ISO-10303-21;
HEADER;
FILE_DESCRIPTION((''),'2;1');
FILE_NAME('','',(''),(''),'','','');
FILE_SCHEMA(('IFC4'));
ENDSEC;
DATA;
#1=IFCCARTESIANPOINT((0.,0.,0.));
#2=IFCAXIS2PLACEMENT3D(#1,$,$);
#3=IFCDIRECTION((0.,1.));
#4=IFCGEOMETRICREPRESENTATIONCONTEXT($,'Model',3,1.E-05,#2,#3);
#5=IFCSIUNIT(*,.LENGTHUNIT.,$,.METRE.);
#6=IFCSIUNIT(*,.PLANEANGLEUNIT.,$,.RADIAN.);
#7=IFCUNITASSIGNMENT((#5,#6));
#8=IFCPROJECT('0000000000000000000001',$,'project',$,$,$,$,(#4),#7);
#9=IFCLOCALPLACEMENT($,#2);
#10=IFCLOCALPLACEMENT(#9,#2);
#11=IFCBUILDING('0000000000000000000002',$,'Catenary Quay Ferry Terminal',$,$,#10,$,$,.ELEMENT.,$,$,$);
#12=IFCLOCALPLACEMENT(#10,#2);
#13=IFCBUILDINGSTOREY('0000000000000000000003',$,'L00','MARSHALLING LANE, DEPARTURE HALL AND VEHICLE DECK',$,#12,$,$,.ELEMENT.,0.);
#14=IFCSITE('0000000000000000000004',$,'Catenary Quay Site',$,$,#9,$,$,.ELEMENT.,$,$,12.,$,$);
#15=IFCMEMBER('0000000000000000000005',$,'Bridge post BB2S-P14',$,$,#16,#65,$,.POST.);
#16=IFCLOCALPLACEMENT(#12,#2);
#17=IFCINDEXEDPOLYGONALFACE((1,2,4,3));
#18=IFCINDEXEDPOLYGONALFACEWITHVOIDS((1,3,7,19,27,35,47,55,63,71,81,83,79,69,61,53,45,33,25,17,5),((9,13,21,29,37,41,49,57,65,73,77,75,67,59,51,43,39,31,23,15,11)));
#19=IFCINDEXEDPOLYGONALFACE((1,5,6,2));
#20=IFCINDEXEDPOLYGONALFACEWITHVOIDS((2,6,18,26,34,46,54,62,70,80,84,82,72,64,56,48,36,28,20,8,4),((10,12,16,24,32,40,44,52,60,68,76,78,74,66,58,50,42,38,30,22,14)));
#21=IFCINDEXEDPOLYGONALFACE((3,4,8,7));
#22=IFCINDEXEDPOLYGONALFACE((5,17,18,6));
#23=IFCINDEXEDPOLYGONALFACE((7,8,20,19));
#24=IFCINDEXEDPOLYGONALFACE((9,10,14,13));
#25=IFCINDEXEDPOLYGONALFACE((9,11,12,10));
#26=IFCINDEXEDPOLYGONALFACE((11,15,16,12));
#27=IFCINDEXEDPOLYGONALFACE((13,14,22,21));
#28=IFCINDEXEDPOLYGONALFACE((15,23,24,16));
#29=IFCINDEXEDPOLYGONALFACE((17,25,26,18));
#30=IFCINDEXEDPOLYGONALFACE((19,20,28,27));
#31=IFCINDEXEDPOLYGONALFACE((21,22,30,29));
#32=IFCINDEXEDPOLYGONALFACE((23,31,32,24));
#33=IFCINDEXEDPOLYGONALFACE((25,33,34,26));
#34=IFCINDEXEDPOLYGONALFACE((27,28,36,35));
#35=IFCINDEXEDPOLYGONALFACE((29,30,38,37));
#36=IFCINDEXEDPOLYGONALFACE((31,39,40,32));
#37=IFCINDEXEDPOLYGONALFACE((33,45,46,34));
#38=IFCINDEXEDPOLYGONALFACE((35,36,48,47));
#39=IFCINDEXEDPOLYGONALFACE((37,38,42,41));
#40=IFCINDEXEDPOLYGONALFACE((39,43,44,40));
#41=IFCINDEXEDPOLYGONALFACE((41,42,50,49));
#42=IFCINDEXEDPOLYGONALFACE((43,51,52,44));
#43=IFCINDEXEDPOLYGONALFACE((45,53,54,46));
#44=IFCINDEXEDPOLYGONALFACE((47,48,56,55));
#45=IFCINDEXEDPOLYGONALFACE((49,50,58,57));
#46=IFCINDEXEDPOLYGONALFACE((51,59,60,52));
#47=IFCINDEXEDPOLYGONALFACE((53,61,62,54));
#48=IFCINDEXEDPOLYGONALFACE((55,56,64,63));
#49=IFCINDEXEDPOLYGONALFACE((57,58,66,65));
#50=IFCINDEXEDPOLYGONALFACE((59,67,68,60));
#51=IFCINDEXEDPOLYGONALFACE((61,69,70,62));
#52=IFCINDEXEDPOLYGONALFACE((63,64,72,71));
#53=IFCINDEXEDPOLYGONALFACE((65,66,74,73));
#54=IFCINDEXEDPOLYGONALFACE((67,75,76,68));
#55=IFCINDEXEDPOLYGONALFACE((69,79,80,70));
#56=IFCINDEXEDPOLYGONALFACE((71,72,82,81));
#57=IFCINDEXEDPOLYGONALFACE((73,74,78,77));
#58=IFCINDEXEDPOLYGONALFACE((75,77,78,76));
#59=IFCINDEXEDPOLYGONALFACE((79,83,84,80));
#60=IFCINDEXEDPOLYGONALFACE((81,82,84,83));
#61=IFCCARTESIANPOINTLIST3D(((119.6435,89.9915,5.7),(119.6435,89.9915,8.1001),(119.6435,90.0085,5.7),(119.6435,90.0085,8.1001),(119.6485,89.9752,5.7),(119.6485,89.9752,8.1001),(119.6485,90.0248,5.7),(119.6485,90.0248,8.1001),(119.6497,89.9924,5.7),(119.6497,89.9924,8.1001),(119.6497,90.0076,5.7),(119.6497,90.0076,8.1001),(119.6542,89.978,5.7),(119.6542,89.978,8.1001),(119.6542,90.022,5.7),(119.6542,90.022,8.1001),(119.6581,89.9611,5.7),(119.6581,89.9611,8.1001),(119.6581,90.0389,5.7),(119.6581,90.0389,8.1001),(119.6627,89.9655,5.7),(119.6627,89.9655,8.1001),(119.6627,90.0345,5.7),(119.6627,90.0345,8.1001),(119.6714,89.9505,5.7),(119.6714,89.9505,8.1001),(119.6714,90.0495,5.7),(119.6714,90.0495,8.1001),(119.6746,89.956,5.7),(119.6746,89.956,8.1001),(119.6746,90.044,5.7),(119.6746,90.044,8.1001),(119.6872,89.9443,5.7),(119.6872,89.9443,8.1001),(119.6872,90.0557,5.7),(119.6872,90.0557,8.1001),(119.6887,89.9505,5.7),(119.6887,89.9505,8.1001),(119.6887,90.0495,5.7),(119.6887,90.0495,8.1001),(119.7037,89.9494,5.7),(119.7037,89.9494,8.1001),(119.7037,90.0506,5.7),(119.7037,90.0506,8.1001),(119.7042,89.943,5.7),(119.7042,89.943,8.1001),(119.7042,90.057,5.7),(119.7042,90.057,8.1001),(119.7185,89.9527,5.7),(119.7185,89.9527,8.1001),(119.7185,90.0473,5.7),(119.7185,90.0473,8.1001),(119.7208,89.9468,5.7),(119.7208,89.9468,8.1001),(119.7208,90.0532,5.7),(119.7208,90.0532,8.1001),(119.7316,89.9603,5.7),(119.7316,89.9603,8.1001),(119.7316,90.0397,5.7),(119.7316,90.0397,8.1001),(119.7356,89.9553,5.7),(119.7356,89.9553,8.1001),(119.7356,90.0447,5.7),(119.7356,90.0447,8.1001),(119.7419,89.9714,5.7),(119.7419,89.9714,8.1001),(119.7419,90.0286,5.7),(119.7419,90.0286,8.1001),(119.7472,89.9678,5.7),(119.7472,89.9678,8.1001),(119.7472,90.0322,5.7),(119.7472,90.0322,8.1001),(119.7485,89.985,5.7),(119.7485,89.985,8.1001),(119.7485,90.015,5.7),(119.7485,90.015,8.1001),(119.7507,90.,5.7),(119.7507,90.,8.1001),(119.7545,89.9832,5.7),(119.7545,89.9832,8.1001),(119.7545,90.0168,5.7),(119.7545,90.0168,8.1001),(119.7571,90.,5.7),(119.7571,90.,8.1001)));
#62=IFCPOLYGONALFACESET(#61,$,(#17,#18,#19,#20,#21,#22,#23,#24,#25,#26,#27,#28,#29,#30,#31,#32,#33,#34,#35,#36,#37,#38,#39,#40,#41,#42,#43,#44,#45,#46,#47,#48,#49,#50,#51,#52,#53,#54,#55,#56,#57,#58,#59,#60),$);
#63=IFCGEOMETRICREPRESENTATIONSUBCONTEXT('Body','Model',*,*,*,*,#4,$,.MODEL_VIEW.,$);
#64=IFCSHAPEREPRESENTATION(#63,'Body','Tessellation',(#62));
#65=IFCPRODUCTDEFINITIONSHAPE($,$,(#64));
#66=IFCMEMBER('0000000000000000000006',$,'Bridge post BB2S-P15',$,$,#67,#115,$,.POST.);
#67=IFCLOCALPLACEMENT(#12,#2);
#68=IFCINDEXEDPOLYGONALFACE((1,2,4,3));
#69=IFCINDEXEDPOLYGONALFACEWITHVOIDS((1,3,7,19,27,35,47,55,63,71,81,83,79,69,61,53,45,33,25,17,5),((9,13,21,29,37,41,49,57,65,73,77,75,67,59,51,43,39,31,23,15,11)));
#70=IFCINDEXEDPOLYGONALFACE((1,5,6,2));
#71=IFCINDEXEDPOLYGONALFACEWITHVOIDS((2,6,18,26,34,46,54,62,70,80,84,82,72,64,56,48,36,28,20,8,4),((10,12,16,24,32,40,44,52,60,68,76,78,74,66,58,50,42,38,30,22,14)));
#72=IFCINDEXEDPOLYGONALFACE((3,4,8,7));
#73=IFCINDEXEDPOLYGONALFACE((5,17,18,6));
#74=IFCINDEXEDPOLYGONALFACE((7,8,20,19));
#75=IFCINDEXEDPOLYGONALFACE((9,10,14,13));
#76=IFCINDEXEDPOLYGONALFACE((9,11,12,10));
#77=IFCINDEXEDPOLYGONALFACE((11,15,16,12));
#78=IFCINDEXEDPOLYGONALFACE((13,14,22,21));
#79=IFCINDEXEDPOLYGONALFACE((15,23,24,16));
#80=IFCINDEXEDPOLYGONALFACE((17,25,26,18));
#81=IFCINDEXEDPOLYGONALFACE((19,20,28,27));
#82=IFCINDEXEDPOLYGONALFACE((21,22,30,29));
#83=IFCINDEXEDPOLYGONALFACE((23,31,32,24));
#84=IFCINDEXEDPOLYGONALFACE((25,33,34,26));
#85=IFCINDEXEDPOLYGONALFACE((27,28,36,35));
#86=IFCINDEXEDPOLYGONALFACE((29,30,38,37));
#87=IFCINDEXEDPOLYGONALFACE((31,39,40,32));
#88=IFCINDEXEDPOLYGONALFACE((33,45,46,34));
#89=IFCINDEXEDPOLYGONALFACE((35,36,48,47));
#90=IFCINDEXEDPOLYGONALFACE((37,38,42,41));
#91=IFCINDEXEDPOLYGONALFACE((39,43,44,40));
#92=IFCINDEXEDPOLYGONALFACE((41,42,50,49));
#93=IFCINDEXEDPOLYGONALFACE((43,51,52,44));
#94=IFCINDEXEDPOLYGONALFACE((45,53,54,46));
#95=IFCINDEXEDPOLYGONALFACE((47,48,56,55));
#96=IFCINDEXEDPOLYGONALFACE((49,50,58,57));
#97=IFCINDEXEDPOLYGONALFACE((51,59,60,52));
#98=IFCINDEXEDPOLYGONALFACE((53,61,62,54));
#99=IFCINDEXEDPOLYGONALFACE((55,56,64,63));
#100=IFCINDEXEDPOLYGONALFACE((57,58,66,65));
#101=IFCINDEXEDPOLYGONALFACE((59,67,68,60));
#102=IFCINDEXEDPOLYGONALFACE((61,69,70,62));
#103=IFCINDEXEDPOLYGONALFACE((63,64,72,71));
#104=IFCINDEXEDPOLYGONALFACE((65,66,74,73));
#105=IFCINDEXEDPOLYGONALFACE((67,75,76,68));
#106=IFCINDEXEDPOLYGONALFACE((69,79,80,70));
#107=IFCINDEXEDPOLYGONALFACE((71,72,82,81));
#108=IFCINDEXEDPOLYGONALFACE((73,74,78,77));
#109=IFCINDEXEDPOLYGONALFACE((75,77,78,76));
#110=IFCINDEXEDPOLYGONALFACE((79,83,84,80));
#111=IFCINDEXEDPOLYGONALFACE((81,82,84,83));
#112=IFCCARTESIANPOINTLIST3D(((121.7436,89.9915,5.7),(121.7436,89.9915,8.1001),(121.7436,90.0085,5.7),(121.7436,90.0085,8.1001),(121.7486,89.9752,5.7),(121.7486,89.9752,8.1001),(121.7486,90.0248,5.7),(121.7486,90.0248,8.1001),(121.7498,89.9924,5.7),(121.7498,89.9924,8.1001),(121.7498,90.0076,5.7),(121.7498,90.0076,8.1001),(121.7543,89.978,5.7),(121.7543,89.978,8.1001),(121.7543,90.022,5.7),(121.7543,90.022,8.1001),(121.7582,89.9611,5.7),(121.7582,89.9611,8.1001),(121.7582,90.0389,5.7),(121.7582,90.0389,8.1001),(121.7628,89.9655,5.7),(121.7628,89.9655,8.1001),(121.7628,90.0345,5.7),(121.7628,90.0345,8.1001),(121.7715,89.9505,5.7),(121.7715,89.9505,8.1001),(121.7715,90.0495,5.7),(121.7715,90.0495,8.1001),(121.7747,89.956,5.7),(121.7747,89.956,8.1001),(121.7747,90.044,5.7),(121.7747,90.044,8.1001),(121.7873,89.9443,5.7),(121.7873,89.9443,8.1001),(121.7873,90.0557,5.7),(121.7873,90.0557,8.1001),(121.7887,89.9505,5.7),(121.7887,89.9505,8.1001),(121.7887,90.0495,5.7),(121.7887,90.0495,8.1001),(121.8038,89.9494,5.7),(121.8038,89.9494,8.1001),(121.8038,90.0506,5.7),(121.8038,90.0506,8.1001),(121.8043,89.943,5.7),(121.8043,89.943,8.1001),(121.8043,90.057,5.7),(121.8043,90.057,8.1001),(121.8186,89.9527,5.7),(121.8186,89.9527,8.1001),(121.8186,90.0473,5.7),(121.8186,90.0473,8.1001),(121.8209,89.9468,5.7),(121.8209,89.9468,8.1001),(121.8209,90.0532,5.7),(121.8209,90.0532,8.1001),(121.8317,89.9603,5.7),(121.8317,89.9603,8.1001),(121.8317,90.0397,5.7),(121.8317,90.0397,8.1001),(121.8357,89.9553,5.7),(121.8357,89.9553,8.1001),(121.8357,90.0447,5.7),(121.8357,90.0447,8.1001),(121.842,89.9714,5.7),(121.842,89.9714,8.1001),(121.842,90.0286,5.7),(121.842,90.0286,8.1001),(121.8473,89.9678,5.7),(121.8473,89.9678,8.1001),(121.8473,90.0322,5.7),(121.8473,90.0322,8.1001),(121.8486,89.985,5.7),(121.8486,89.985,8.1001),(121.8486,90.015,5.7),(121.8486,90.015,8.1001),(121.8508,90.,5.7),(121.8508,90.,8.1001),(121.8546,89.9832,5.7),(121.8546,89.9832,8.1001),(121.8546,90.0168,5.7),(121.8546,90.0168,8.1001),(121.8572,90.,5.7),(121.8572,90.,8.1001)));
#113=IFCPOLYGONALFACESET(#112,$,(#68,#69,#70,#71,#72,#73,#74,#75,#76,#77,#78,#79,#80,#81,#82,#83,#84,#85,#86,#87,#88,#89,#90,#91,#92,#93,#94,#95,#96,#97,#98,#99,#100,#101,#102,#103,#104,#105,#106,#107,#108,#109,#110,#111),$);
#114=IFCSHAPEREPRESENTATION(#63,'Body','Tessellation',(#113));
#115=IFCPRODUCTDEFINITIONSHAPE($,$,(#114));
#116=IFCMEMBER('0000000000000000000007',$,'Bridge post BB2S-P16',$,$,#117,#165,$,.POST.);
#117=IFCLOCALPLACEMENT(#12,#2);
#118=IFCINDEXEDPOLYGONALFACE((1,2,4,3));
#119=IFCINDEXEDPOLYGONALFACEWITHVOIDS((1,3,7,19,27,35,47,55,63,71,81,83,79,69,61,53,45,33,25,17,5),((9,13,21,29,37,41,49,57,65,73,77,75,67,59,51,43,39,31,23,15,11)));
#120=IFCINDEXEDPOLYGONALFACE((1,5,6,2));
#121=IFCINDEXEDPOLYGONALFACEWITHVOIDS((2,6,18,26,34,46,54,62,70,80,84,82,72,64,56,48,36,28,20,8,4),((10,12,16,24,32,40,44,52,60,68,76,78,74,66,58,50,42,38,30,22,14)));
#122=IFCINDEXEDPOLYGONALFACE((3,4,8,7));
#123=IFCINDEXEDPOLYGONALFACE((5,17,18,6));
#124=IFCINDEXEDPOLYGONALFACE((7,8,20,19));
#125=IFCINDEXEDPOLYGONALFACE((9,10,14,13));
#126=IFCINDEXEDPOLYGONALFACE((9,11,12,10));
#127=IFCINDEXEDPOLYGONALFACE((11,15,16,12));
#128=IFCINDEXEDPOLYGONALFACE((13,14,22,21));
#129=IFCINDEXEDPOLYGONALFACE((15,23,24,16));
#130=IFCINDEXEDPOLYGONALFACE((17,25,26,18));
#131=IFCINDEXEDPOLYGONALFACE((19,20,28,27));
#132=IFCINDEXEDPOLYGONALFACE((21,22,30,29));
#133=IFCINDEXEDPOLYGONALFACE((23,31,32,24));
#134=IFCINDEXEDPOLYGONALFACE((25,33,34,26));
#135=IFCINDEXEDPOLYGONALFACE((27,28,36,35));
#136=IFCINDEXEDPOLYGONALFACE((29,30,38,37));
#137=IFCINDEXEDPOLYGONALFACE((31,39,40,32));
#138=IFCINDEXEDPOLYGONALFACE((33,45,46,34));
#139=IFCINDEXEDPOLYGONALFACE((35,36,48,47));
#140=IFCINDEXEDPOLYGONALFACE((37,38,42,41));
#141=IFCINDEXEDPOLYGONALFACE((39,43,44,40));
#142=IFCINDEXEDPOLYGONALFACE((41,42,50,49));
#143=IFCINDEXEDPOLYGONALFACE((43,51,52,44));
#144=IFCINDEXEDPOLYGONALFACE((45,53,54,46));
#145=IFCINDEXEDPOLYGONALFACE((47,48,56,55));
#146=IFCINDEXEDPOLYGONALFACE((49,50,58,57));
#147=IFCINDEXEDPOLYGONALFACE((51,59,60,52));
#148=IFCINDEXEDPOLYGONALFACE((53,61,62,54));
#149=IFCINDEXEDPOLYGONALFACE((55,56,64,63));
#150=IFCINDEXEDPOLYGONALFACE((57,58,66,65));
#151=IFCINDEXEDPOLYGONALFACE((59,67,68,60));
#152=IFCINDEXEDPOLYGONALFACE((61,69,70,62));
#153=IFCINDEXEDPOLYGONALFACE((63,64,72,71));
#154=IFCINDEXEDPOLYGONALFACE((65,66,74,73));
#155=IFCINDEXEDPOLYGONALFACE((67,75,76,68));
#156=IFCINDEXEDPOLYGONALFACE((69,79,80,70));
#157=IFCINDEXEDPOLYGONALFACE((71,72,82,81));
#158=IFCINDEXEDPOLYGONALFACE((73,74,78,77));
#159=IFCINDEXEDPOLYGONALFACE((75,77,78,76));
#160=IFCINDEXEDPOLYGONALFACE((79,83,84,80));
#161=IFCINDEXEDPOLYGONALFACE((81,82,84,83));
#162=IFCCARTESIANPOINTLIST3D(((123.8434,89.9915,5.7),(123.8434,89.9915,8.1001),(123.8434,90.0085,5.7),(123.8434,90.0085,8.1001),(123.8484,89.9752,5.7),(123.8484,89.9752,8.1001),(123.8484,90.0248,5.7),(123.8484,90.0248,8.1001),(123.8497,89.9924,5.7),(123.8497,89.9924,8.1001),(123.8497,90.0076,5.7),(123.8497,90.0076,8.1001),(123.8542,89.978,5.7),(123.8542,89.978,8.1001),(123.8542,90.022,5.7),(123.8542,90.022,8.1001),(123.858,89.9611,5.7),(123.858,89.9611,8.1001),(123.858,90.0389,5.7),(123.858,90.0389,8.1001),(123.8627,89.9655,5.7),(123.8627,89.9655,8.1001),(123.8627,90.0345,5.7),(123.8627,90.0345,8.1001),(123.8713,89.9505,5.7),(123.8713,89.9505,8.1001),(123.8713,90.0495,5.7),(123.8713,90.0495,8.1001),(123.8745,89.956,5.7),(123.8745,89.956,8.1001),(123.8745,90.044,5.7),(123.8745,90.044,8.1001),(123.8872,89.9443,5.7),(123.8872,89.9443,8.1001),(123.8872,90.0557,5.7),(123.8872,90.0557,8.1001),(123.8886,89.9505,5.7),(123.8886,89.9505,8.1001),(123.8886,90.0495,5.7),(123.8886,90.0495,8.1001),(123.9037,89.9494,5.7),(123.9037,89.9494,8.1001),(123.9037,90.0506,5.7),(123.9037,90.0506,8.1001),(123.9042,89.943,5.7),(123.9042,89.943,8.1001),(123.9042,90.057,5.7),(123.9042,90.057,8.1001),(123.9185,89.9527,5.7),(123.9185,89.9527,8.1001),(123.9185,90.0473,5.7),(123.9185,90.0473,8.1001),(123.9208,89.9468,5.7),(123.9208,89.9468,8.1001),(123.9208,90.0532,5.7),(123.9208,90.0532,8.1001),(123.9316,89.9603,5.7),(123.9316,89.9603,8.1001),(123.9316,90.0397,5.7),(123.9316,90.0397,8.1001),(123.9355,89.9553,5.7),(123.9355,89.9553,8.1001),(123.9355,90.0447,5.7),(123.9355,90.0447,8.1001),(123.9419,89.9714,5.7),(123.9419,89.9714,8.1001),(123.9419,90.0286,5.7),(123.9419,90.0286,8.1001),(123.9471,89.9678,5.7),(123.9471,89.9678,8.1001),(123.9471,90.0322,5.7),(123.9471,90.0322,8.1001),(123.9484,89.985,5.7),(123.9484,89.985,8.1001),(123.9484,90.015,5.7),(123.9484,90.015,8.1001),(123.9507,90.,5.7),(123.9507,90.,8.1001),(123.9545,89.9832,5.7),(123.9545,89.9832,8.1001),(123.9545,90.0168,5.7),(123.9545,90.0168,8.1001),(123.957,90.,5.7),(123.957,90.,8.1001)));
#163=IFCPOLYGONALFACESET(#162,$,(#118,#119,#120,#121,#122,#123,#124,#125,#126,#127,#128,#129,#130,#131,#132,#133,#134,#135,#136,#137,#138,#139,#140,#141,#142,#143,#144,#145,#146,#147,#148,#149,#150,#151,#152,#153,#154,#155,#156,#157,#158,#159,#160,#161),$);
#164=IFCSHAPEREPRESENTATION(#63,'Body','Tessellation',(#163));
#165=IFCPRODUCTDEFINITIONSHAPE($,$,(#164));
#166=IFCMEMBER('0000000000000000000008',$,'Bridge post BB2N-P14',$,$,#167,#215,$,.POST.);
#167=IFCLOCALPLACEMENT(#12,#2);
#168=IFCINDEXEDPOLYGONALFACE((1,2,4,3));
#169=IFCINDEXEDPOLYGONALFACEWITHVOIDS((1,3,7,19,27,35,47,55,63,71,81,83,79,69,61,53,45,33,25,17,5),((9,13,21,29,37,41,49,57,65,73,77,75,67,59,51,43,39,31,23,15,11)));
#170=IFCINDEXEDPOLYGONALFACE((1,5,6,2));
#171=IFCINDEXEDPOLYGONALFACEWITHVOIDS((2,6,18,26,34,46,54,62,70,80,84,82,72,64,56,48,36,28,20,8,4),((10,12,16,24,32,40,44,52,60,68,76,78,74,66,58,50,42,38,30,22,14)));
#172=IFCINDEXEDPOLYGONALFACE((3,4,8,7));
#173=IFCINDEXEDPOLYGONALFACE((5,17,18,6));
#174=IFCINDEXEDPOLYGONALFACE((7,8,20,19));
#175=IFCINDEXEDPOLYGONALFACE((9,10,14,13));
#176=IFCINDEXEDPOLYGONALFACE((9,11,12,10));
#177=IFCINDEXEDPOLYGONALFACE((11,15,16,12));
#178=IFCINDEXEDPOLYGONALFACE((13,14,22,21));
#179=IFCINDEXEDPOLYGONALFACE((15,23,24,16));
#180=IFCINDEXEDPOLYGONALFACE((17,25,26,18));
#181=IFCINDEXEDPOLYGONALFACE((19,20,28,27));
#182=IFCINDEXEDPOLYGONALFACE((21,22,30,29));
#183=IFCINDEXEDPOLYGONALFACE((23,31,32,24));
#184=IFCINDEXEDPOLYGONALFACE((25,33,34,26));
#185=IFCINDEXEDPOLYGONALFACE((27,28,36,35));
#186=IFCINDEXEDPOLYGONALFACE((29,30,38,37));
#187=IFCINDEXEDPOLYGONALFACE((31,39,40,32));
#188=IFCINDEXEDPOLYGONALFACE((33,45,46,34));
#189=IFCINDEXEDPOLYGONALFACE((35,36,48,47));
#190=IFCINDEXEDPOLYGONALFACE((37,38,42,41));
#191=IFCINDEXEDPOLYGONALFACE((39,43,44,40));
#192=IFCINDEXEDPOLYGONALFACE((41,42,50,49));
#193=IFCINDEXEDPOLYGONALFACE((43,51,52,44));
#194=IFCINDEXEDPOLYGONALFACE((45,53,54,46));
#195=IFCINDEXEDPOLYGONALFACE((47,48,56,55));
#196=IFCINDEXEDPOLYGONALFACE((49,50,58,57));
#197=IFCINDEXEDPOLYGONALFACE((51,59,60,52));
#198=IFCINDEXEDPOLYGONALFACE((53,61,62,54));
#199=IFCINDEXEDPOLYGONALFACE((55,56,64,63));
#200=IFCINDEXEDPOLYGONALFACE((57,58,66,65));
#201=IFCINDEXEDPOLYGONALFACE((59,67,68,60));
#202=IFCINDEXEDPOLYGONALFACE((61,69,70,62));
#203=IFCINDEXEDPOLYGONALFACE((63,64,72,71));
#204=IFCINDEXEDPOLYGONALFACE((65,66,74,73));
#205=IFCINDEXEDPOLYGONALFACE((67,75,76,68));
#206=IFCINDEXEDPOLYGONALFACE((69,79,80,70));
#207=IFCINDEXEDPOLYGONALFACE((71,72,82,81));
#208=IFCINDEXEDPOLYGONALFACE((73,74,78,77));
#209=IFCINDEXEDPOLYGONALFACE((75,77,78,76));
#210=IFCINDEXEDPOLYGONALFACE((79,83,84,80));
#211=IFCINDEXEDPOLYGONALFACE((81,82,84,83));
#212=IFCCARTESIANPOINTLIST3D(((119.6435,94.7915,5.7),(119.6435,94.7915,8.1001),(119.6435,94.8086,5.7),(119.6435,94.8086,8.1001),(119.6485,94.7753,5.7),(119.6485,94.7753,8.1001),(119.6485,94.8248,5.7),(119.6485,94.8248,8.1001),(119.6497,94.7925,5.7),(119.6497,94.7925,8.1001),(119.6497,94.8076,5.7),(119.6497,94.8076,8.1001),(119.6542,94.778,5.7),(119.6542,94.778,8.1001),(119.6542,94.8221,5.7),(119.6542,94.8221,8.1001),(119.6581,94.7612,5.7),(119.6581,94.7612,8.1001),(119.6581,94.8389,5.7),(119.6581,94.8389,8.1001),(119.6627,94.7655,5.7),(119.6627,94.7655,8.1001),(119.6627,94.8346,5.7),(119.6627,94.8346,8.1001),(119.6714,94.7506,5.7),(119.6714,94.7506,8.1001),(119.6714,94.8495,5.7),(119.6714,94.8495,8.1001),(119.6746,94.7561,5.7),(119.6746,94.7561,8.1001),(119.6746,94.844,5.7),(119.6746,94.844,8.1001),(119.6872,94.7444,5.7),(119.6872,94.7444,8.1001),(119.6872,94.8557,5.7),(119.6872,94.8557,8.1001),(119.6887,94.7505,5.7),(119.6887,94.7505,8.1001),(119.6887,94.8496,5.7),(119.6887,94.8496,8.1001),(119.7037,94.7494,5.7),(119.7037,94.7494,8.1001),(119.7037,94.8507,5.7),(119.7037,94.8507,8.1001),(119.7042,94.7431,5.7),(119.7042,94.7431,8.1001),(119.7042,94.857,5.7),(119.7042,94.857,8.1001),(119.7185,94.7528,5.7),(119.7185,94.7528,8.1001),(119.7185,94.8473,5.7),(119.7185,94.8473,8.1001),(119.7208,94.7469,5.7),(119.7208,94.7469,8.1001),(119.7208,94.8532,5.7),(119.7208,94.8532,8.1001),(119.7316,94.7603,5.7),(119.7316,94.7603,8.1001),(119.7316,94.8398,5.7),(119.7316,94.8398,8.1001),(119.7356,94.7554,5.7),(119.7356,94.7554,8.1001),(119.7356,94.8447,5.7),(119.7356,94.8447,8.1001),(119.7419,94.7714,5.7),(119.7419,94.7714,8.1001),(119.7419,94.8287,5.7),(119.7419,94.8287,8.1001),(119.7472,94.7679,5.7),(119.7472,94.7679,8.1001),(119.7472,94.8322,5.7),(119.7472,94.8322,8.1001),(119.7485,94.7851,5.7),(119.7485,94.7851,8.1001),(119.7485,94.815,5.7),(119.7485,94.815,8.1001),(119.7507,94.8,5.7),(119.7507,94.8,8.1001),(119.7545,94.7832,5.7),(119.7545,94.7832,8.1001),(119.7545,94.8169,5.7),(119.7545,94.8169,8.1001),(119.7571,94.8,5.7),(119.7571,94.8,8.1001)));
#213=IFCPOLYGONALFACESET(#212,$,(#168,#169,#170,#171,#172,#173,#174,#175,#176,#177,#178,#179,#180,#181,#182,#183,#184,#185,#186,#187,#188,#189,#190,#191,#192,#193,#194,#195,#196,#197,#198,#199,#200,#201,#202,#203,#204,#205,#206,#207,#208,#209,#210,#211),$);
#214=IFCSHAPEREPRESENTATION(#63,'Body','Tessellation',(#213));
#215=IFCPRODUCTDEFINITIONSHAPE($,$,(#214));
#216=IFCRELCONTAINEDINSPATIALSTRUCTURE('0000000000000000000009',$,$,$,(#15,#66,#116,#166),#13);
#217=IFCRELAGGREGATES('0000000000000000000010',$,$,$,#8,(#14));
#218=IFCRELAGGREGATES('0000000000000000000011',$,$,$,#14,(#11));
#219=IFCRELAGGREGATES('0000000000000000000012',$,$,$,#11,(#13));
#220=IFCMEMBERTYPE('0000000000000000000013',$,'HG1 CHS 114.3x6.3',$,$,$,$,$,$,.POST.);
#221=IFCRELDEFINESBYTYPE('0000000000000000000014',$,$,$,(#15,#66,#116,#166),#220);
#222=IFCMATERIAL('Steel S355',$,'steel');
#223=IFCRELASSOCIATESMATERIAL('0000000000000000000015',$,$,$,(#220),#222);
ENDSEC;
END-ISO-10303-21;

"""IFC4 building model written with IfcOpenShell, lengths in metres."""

from ifc_helpers import new_model, si_unit, direction, frame, origin, origin_2d, place, context, subcontext, project, spatial, hollow_circle, extrude, material, material_profile, profile_set, type_object, element, save


model = new_model("IFC4")

# Units and contexts
model_context = context("Model", 3, precision=1e-05, world=origin(), true_north=direction((0.0, 1.0)))
body_context = subcontext(model_context, "Body", "Model", "MODEL_VIEW")
ifc_project = project(units=[si_unit("LENGTHUNIT", "METRE"), si_unit("PLANEANGLEUNIT", "RADIAN")], contexts=[model_context])

# Site, building, storey
site_placement = place(None, origin())
site = spatial("IfcSite", under=ifc_project, at=site_placement, Name="Catenary Quay Site", CompositionType="ELEMENT", RefElevation=12.0)
building_placement = place(site_placement, origin())
building = spatial("IfcBuilding", under=site, at=building_placement, Name="Catenary Quay Ferry Terminal", CompositionType="ELEMENT")
storey_placement = place(building_placement, origin())
storey = spatial("IfcBuildingStorey", under=building, at=storey_placement, Name="L00", Description="MARSHALLING LANE, DEPARTURE HALL AND VEHICLE DECK", CompositionType="ELEMENT", Elevation=0.0)

# Members
ifc_material_1 = material(Name="Steel S355", Category="steel")
ifc_material_profile_1 = material_profile(ifc_material_1, hollow_circle(Radius=0.0571, WallThickness=0.0063, at=origin_2d()), Name="CHS 114.3x6.3")
ifc_profile_set_1 = profile_set([ifc_material_profile_1], Name="Steel S355")
member_type_1 = type_object("IfcMemberType", Name="HG1 CHS 114.3x6.3", PredefinedType="POST", material=ifc_profile_set_1)
for number, where, z_axis, x_axis, name in (
    (1, (119.7, 90.0, 5.7), (0.0, 0.0, 1.0), (1.0, 0.0, 0.0), "Bridge post BB2S-P14"),
    (2, (121.8, 90.0, 5.7), (0.0, 0.0, 1.0), (1.0, 0.0, 0.0), "Bridge post BB2S-P15"),
    (3, (123.8999, 90.0, 5.7), (0.0, 0.0, 1.0), (1.0, 0.0, 0.0), "Bridge post BB2S-P16"),
    (4, (119.7, 94.8, 5.7), (0.0, 0.0, 1.0), (1.0, 0.0, 0.0), "Bridge post BB2N-P14"),
):
    element("IfcMember", number, at=place(storey_placement, frame(where, z_axis=z_axis, x_axis=x_axis)), inside=storey, type_object=member_type_1, Name=name, PredefinedType="POST", context=body_context, shape_type="SweptSolid", body=[
        extrude(hollow_circle(Radius=0.0571, WallThickness=0.0063, at=origin_2d()), origin(), (0.0, 0.0, 1.0), 2.4001),
    ])

save(model, "model.ifc")
